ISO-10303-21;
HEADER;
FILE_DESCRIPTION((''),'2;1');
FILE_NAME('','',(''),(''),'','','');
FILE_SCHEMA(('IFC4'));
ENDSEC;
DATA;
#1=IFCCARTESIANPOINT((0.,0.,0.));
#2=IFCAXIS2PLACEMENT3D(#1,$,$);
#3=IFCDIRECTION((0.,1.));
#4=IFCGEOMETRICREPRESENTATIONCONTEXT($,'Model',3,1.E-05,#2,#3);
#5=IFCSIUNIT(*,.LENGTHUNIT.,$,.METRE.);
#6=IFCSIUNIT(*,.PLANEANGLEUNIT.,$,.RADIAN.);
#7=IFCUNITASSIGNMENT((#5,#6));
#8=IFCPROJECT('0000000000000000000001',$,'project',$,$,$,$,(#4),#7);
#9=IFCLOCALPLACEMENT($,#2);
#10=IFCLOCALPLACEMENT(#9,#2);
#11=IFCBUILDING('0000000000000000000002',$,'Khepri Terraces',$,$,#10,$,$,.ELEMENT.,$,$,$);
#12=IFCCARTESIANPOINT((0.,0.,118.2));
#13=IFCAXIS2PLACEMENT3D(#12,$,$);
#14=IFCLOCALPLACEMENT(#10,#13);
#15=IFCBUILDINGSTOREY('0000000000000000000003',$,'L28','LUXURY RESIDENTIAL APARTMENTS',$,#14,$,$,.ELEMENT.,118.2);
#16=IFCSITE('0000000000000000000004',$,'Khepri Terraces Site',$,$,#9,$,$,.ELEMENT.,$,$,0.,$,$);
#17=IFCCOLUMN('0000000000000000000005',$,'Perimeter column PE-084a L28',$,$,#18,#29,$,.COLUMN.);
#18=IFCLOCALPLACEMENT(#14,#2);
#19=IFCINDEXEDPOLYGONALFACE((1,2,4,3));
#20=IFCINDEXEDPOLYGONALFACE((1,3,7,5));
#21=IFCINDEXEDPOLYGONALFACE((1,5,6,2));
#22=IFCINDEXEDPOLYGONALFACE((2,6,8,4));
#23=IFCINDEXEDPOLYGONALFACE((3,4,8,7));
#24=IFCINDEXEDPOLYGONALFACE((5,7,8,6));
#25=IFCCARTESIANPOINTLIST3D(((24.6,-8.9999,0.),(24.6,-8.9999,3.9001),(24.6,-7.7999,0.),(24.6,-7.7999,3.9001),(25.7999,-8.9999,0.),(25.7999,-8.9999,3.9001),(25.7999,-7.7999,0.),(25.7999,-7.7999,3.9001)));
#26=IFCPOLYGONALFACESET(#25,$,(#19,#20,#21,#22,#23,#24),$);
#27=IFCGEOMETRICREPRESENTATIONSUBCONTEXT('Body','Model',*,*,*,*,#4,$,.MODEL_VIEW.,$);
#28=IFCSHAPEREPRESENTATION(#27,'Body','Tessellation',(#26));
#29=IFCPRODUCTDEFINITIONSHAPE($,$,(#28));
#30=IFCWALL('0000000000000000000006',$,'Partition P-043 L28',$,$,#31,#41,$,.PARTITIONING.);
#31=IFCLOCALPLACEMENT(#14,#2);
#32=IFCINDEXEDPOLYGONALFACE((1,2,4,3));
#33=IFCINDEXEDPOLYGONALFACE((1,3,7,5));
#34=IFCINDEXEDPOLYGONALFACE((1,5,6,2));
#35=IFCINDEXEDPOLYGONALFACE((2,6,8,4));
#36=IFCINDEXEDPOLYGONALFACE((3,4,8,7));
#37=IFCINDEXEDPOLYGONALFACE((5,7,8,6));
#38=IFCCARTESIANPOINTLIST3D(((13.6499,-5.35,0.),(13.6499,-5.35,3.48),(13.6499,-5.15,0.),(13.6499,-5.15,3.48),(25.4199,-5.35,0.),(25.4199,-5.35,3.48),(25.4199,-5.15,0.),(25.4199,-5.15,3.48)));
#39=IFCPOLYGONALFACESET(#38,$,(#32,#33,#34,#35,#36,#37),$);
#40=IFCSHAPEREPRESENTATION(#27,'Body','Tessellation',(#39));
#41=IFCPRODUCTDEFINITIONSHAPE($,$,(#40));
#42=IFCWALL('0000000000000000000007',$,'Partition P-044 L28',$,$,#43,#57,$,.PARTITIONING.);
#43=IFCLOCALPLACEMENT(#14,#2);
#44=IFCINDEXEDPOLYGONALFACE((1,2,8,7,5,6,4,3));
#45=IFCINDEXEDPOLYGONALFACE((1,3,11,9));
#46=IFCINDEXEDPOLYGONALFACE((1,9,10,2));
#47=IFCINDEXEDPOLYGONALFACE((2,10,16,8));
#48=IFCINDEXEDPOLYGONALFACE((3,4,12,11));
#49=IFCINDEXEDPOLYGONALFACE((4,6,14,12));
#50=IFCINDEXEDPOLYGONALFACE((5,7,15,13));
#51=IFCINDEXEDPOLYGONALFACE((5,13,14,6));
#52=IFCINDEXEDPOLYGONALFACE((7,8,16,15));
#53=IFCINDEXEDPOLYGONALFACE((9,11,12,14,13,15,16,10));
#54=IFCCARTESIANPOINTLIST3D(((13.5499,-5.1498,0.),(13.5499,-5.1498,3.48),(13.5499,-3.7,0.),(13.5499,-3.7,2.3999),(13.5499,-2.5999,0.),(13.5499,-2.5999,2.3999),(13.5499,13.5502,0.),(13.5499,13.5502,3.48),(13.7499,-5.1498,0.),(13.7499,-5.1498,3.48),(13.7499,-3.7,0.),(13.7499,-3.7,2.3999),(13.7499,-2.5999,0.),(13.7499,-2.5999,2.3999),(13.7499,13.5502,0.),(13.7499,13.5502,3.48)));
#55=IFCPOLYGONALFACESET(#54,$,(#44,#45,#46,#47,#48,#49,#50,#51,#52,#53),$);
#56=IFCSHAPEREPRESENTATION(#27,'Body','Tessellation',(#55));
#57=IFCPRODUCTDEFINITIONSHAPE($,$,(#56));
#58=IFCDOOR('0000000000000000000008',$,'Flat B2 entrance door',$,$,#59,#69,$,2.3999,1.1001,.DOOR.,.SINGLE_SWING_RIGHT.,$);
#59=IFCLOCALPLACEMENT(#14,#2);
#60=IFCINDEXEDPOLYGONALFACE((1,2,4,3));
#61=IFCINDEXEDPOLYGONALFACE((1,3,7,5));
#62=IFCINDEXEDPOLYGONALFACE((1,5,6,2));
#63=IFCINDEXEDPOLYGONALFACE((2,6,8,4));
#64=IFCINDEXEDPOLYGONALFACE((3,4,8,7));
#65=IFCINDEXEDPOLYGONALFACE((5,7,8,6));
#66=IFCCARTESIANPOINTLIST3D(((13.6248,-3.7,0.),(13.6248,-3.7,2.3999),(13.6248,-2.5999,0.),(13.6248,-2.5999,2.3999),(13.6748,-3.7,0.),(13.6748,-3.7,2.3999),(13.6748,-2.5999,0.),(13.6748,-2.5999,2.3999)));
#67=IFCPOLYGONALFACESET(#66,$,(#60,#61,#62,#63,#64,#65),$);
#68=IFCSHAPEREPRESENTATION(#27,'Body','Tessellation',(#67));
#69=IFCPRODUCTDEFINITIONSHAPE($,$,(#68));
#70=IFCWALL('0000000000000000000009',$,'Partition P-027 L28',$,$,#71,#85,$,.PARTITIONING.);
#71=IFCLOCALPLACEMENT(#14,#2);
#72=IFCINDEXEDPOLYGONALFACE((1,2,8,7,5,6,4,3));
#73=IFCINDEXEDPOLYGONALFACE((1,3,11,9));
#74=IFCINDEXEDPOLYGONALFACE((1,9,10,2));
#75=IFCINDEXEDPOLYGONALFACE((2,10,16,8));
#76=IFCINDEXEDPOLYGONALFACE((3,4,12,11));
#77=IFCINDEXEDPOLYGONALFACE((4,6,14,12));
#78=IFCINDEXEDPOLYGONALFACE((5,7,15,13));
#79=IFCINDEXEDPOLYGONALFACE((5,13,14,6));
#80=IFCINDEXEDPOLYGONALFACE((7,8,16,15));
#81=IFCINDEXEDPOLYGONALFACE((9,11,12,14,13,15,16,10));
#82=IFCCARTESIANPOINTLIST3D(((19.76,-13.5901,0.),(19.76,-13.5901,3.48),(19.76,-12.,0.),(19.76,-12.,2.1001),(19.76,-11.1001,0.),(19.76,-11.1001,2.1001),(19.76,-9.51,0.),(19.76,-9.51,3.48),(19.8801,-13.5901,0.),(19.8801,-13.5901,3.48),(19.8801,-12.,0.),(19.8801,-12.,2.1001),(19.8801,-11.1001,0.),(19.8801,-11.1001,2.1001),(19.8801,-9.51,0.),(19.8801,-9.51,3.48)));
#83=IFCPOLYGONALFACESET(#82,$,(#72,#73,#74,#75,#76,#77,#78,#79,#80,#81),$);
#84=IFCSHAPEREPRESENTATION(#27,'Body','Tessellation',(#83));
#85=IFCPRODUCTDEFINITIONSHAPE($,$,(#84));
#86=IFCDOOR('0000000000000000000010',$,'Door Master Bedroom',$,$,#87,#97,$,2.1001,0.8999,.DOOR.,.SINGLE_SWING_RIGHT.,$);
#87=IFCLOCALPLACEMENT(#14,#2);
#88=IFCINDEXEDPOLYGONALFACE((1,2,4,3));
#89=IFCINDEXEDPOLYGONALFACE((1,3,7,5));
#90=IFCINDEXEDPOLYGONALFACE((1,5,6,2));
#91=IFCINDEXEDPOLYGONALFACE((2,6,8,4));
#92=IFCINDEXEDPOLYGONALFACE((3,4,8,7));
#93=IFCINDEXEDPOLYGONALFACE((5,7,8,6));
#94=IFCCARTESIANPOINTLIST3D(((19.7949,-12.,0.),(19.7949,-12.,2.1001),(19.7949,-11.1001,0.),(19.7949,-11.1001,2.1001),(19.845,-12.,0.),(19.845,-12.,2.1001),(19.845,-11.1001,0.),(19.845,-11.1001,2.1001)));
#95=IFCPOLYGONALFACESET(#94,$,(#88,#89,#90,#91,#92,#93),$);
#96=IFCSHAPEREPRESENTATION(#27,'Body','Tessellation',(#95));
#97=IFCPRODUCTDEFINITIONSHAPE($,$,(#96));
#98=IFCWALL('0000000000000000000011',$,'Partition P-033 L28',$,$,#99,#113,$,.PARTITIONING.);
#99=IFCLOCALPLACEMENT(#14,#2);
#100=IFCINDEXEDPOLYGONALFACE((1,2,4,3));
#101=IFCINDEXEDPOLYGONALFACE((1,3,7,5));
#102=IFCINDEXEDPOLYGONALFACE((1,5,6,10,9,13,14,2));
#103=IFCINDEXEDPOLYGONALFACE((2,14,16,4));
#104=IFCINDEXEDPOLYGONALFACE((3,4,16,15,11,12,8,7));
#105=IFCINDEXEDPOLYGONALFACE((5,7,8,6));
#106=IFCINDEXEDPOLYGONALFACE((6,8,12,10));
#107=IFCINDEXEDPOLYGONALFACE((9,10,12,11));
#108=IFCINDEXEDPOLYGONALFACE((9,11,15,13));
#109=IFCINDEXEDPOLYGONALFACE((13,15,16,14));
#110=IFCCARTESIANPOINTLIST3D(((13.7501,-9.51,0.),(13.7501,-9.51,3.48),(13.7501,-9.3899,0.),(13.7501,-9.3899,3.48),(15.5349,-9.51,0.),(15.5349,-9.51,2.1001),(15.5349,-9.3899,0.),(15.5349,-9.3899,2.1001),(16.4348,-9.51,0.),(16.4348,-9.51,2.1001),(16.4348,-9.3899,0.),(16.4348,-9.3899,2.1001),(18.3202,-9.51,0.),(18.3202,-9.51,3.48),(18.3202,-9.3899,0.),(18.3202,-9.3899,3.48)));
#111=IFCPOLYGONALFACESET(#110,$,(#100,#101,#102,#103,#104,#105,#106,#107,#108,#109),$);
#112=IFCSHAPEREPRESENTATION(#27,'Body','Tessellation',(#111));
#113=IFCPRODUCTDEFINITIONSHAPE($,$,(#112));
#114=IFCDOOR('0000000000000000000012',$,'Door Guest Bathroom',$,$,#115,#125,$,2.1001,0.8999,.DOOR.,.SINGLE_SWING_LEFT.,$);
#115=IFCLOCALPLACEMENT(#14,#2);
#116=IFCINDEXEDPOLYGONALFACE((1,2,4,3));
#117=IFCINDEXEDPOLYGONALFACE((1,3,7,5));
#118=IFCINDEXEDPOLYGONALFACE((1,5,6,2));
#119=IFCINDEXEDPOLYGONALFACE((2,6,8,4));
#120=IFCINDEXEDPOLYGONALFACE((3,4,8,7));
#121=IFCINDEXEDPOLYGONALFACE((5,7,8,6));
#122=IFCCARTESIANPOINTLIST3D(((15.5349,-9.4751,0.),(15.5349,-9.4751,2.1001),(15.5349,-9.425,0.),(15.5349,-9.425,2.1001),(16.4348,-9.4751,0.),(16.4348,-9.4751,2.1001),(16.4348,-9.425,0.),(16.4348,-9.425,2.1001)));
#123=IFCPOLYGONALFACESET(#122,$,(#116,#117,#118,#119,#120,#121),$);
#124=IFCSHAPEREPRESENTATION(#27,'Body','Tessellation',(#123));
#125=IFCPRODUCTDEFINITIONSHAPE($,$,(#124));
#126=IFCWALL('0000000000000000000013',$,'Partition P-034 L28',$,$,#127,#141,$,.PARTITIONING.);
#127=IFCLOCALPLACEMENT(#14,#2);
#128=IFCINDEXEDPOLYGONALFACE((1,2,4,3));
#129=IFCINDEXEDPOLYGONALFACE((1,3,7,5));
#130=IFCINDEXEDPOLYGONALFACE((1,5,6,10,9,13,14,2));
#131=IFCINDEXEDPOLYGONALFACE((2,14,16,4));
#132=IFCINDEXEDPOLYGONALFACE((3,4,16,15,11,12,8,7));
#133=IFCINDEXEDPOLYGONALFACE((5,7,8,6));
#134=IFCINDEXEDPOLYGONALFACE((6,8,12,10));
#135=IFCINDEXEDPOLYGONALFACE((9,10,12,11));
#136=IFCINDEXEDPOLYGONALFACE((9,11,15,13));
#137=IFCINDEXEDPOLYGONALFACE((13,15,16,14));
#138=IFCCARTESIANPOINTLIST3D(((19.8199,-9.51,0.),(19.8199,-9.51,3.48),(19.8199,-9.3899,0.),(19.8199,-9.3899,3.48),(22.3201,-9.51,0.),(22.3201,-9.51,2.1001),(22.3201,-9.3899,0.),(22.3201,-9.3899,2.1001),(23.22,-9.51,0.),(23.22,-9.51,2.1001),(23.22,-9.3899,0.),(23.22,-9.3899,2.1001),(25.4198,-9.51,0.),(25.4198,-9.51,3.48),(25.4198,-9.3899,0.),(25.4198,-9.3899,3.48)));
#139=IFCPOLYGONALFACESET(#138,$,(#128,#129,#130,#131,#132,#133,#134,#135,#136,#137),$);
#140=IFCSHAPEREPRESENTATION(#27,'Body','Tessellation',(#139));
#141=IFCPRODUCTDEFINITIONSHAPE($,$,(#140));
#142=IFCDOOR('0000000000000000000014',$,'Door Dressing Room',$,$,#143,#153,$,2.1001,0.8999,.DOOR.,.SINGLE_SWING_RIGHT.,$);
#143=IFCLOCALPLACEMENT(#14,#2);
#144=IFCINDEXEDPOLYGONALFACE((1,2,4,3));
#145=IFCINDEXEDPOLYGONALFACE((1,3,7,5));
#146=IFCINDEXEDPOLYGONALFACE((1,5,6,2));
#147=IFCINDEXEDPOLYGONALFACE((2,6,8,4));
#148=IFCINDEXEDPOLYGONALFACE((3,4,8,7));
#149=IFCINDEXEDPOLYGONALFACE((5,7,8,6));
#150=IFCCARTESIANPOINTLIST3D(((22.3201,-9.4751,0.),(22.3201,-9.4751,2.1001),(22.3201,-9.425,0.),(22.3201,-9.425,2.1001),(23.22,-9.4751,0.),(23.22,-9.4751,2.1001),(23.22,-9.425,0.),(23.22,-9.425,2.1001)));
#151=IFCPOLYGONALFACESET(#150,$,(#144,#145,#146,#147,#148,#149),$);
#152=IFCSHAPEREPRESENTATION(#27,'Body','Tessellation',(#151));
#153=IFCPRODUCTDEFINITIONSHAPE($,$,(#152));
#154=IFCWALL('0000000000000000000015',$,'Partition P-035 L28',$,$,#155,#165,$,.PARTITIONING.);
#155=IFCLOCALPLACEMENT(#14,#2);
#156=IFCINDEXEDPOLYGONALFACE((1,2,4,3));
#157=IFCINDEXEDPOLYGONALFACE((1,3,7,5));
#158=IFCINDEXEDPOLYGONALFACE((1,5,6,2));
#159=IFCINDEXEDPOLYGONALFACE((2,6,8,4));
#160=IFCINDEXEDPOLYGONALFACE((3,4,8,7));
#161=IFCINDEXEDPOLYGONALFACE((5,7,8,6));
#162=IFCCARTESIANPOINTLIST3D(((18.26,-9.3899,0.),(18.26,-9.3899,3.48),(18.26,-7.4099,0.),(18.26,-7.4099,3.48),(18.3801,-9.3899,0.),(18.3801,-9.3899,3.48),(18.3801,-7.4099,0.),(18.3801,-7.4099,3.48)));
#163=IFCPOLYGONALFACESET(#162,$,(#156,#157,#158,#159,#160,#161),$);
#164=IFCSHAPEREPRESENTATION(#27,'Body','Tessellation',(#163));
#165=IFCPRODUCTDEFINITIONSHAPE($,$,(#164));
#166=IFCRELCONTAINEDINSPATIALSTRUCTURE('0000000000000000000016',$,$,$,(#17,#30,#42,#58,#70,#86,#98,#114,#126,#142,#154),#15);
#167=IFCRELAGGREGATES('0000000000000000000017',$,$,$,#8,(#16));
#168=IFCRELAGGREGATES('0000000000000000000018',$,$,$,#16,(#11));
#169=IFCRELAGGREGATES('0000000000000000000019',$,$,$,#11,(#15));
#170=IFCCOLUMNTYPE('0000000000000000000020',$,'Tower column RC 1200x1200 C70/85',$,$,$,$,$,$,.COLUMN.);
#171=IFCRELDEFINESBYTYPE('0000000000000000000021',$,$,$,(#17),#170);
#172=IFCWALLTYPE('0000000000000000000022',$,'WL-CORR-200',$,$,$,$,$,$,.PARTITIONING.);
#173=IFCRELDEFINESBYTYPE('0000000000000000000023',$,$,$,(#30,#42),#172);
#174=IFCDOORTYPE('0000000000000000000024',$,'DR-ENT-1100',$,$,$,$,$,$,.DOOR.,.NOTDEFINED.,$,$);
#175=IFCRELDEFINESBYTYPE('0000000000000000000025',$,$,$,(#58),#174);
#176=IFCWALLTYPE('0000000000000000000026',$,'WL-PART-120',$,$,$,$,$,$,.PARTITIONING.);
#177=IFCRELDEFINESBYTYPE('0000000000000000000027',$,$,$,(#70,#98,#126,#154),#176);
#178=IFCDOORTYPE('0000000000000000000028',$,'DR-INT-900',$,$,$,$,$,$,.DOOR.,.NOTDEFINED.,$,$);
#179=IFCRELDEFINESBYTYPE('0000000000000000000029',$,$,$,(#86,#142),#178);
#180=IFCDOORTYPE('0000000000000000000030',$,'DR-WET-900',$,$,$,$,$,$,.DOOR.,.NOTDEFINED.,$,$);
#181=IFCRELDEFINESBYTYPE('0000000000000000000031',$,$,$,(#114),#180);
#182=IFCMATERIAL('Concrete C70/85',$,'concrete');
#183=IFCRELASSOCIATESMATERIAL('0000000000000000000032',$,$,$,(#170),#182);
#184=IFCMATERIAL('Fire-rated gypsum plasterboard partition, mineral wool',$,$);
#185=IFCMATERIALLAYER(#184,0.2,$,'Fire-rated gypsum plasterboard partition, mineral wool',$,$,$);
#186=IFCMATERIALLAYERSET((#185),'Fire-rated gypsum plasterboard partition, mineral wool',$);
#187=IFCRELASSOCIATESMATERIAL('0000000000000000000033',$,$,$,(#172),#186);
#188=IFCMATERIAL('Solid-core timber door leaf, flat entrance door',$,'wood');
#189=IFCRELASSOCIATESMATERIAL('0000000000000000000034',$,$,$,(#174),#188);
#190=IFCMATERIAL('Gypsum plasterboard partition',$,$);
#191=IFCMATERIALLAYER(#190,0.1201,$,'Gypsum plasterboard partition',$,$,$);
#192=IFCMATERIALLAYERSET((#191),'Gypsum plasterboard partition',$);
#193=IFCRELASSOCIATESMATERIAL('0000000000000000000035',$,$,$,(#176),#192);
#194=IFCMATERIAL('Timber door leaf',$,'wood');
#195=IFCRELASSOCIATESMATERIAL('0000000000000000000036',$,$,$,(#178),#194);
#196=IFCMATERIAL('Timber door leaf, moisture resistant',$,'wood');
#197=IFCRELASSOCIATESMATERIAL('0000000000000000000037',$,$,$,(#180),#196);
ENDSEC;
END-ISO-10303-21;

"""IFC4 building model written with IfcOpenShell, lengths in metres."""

from ifc_helpers import new_model, si_unit, direction, frame, frame_2d, origin, origin_2d, place, context, subcontext, project, spatial, rectangle, extrude, material, layer, layer_set, material_profile, profile_set, type_object, element, fill, save


model = new_model("IFC4")

# Units and contexts
model_context = context("Model", 3, precision=1e-05, world=origin(), true_north=direction((0.0, 1.0)))
body_context = subcontext(model_context, "Body", "Model", "MODEL_VIEW")
ifc_project = project(units=[si_unit("LENGTHUNIT", "METRE"), si_unit("PLANEANGLEUNIT", "RADIAN")], contexts=[model_context])

# Site, building, storey
site_placement = place(None, origin())
site = spatial("IfcSite", under=ifc_project, at=site_placement, Name="Khepri Terraces Site", CompositionType="ELEMENT", RefElevation=0.0)
building_placement = place(site_placement, origin())
building = spatial("IfcBuilding", under=site, at=building_placement, Name="Khepri Terraces", CompositionType="ELEMENT")
storey_placement = place(building_placement, frame((0.0, 0.0, 118.2)))
storey = spatial("IfcBuildingStorey", under=building, at=storey_placement, Name="L28", Description="LUXURY RESIDENTIAL APARTMENTS", CompositionType="ELEMENT", Elevation=118.2)

# Column
ifc_material_1 = material(Name="Concrete C70/85", Category="concrete")
ifc_material_profile = material_profile(ifc_material_1, rectangle(XDim=1.2, YDim=1.2, at=origin_2d()), Name="Concrete C70/85", Category="concrete")
ifc_profile_set = profile_set([ifc_material_profile], Name="Concrete C70/85")
column_type = type_object("IfcColumnType", Name="Tower column RC 1200x1200 C70/85", PredefinedType="COLUMN", material=ifc_profile_set)
column_placement = place(storey_placement, frame((25.2, -8.3999, 0.0), z_axis=(0.0, 0.0, 1.0), x_axis=(1.0, 0.0, 0.0)))
element("IfcColumn", 1, at=column_placement, inside=storey, type_object=column_type, Name="Perimeter column PE-084a L28", PredefinedType="COLUMN", context=body_context, shape_type="SweptSolid", body=[
    extrude(rectangle(XDim=1.2, YDim=1.2, at=origin_2d()), origin(), (0.0, 0.0, 1.0), 3.9001),
])

# Wall
ifc_material_2 = material(Name="Fire-rated gypsum plasterboard partition, mineral wool")
ifc_layer_1 = layer(ifc_material_2, 0.2, Name="Fire-rated gypsum plasterboard partition, mineral wool")
ifc_layer_set_1 = layer_set([ifc_layer_1], Name="Fire-rated gypsum plasterboard partition, mineral wool")
wall_type_1 = type_object("IfcWallType", Name="WL-CORR-200", PredefinedType="PARTITIONING", material=ifc_layer_set_1)
wall_1_placement = place(storey_placement, frame((13.6499, -5.25, 0.0), z_axis=(0.0, 0.0, 1.0), x_axis=(1.0, 0.0, 0.0)))
element("IfcWall", 2, at=wall_1_placement, inside=storey, type_object=wall_type_1, Name="Partition P-043 L28", PredefinedType="PARTITIONING", context=body_context, shape_type="SweptSolid", body=[
    extrude(rectangle(XDim=11.77, YDim=0.2, at=frame_2d((5.885, 0.0))), origin(), (0.0, 0.0, 1.0), 3.48),
])

# Wall, opening, door
wall_2_placement = place(storey_placement, frame((13.6499, -5.1499, 0.0), z_axis=(0.0, 0.0, 1.0), x_axis=(0.0, 1.0, 0.0)))
wall_2 = element("IfcWall", 3, at=wall_2_placement, inside=storey, type_object=wall_type_1, Name="Partition P-044 L28", PredefinedType="PARTITIONING", context=body_context, shape_type="SweptSolid", body=[
    extrude(rectangle(XDim=18.7, YDim=0.2, at=frame_2d((9.3501, 0.0))), origin(), (0.0, 0.0, 1.0), 3.48),
])
opening_1_placement = place(wall_2_placement, frame((1.45, 0.0, 0.0)))
opening_1 = element("IfcOpeningElement", 4, at=opening_1_placement, cuts=wall_2, PredefinedType="OPENING", context=body_context, shape_type="SweptSolid", body=[
    extrude(rectangle(XDim=1.1001, YDim=2.3999, at=frame_2d((0.55, 1.2))), frame((0.0, 0.1099, 0.0), z_axis=(0.0, -1.0, 0.0), x_axis=(1.0, 0.0, 0.0)), (0.0, 0.0, 1.0), 0.22),
])
ifc_material_3 = material(Name="Solid-core timber door leaf, flat entrance door", Category="wood")
door_type_1 = type_object("IfcDoorType", Name="DR-ENT-1100", OperationType="NOTDEFINED", PredefinedType="DOOR", material=ifc_material_3)
door_1_placement = place(opening_1_placement, frame((1.1001, 0.0, 0.0), z_axis=(0.0, 0.0, 1.0), x_axis=(-1.0, 0.0, 0.0)))
door_1 = element("IfcDoor", 5, at=door_1_placement, inside=storey, type_object=door_type_1, Name="Flat B2 entrance door", OperationType="SINGLE_SWING_RIGHT", OverallHeight=2.3999, OverallWidth=1.1001, PredefinedType="DOOR", context=body_context, shape_type="SweptSolid", body=[
    extrude(rectangle(XDim=1.1001, YDim=2.3999, at=frame_2d((0.55, 1.2))), frame((0.0, 0.0249, 0.0), z_axis=(0.0, -1.0, 0.0), x_axis=(1.0, 0.0, 0.0)), (0.0, 0.0, 1.0), 0.05),
])
fill(opening_1, door_1)

# Walls, openings, doors
ifc_material_4 = material(Name="Gypsum plasterboard partition")
ifc_layer_2 = layer(ifc_material_4, 0.1201, Name="Gypsum plasterboard partition")
ifc_layer_set_2 = layer_set([ifc_layer_2], Name="Gypsum plasterboard partition")
wall_type_2 = type_object("IfcWallType", Name="WL-PART-120", PredefinedType="PARTITIONING", material=ifc_layer_set_2)
wall_3_placement = place(storey_placement, frame((19.8201, -13.5901, 0.0), z_axis=(0.0, 0.0, 1.0), x_axis=(0.0, 1.0, 0.0)))
wall_3 = element("IfcWall", 6, at=wall_3_placement, inside=storey, type_object=wall_type_2, Name="Partition P-027 L28", PredefinedType="PARTITIONING", context=body_context, shape_type="SweptSolid", body=[
    extrude(rectangle(XDim=4.0801, YDim=0.1201, at=frame_2d((2.04, 0.0))), origin(), (0.0, 0.0, 1.0), 3.48),
])
opening_2_placement = place(wall_3_placement, frame((1.5901, 0.0, 0.0)))
opening_2 = element("IfcOpeningElement", 7, at=opening_2_placement, cuts=wall_3, PredefinedType="OPENING", context=body_context, shape_type="SweptSolid", body=[
    extrude(rectangle(XDim=0.8999, YDim=2.1001, at=frame_2d((0.45, 1.05))), frame((0.0, 0.0701, 0.0), z_axis=(0.0, -1.0, 0.0), x_axis=(1.0, 0.0, 0.0)), (0.0, 0.0, 1.0), 0.1401),
])
ifc_material_5 = material(Name="Timber door leaf", Category="wood")
door_type_2 = type_object("IfcDoorType", Name="DR-INT-900", OperationType="NOTDEFINED", PredefinedType="DOOR", material=ifc_material_5)
door_2_placement = place(opening_2_placement, frame((0.8999, 0.0, 0.0), z_axis=(0.0, 0.0, 1.0), x_axis=(-1.0, 0.0, 0.0)))
door_2 = element("IfcDoor", 8, at=door_2_placement, inside=storey, type_object=door_type_2, Name="Door Master Bedroom", OperationType="SINGLE_SWING_RIGHT", OverallHeight=2.1001, OverallWidth=0.8999, PredefinedType="DOOR", context=body_context, shape_type="SweptSolid", body=[
    extrude(rectangle(XDim=0.8999, YDim=2.1001, at=frame_2d((0.45, 1.05))), frame((0.0, 0.0249, 0.0), z_axis=(0.0, -1.0, 0.0), x_axis=(1.0, 0.0, 0.0)), (0.0, 0.0, 1.0), 0.05),
])
fill(opening_2, door_2)
wall_4_placement = place(storey_placement, frame((13.75, -9.45, 0.0), z_axis=(0.0, 0.0, 1.0), x_axis=(1.0, 0.0, 0.0)))
wall_4 = element("IfcWall", 9, at=wall_4_placement, inside=storey, type_object=wall_type_2, Name="Partition P-033 L28", PredefinedType="PARTITIONING", context=body_context, shape_type="SweptSolid", body=[
    extrude(rectangle(XDim=4.5701, YDim=0.1201, at=frame_2d((2.2852, 0.0))), origin(), (0.0, 0.0, 1.0), 3.48),
])
opening_3_placement = place(wall_4_placement, frame((1.7849, 0.0, 0.0)))
opening_3 = element("IfcOpeningElement", 10, at=opening_3_placement, cuts=wall_4, PredefinedType="OPENING", context=body_context, shape_type="SweptSolid", body=[
    extrude(rectangle(XDim=0.8999, YDim=2.1001, at=frame_2d((0.45, 1.05))), frame((0.0, 0.0701, 0.0), z_axis=(0.0, -1.0, 0.0), x_axis=(1.0, 0.0, 0.0)), (0.0, 0.0, 1.0), 0.1401),
])
ifc_material_6 = material(Name="Timber door leaf, moisture resistant", Category="wood")
door_type_3 = type_object("IfcDoorType", Name="DR-WET-900", OperationType="NOTDEFINED", PredefinedType="DOOR", material=ifc_material_6)
door_3_placement = place(opening_3_placement, origin())
door_3 = element("IfcDoor", 11, at=door_3_placement, inside=storey, type_object=door_type_3, Name="Door Guest Bathroom", OperationType="SINGLE_SWING_LEFT", OverallHeight=2.1001, OverallWidth=0.8999, PredefinedType="DOOR", context=body_context, shape_type="SweptSolid", body=[
    extrude(rectangle(XDim=0.8999, YDim=2.1001, at=frame_2d((0.45, 1.05))), frame((0.0, 0.0249, 0.0), z_axis=(0.0, -1.0, 0.0), x_axis=(1.0, 0.0, 0.0)), (0.0, 0.0, 1.0), 0.05),
])
fill(opening_3, door_3)
wall_5_placement = place(storey_placement, frame((19.8201, -9.45, 0.0), z_axis=(0.0, 0.0, 1.0), x_axis=(1.0, 0.0, 0.0)))
wall_5 = element("IfcWall", 12, at=wall_5_placement, inside=storey, type_object=wall_type_2, Name="Partition P-034 L28", PredefinedType="PARTITIONING", context=body_context, shape_type="SweptSolid", body=[
    extrude(rectangle(XDim=5.5999, YDim=0.1201, at=frame_2d((2.7998, 0.0))), origin(), (0.0, 0.0, 1.0), 3.48),
])
opening_4_placement = place(wall_5_placement, frame((2.5, 0.0, 0.0)))
opening_4 = element("IfcOpeningElement", 13, at=opening_4_placement, cuts=wall_5, PredefinedType="OPENING", context=body_context, shape_type="SweptSolid", body=[
    extrude(rectangle(XDim=0.8999, YDim=2.1001, at=frame_2d((0.45, 1.05))), frame((0.0, 0.0701, 0.0), z_axis=(0.0, -1.0, 0.0), x_axis=(1.0, 0.0, 0.0)), (0.0, 0.0, 1.0), 0.1401),
])
door_4_placement = place(opening_4_placement, origin())
door_4 = element("IfcDoor", 14, at=door_4_placement, inside=storey, type_object=door_type_2, Name="Door Dressing Room", OperationType="SINGLE_SWING_RIGHT", OverallHeight=2.1001, OverallWidth=0.8999, PredefinedType="DOOR", context=body_context, shape_type="SweptSolid", body=[
    extrude(rectangle(XDim=0.8999, YDim=2.1001, at=frame_2d((0.45, 1.05))), frame((0.0, 0.0249, 0.0), z_axis=(0.0, -1.0, 0.0), x_axis=(1.0, 0.0, 0.0)), (0.0, 0.0, 1.0), 0.05),
])
fill(opening_4, door_4)

# Wall
for number, where, z_axis, x_axis, name in (
    (15, (18.3201, -9.3899, 0.0), (0.0, 0.0, 1.0), (0.0, 1.0, 0.0), "Partition P-035 L28"),
):
    element("IfcWall", number, at=place(storey_placement, frame(where, z_axis=z_axis, x_axis=x_axis)), inside=storey, type_object=wall_type_2, Name=name, PredefinedType="PARTITIONING", context=body_context, shape_type="SweptSolid", body=[
        extrude(rectangle(XDim=1.98, YDim=0.1201, at=frame_2d((0.99, 0.0))), origin(), (0.0, 0.0, 1.0), 3.48),
    ])

save(model, "model.ifc")
